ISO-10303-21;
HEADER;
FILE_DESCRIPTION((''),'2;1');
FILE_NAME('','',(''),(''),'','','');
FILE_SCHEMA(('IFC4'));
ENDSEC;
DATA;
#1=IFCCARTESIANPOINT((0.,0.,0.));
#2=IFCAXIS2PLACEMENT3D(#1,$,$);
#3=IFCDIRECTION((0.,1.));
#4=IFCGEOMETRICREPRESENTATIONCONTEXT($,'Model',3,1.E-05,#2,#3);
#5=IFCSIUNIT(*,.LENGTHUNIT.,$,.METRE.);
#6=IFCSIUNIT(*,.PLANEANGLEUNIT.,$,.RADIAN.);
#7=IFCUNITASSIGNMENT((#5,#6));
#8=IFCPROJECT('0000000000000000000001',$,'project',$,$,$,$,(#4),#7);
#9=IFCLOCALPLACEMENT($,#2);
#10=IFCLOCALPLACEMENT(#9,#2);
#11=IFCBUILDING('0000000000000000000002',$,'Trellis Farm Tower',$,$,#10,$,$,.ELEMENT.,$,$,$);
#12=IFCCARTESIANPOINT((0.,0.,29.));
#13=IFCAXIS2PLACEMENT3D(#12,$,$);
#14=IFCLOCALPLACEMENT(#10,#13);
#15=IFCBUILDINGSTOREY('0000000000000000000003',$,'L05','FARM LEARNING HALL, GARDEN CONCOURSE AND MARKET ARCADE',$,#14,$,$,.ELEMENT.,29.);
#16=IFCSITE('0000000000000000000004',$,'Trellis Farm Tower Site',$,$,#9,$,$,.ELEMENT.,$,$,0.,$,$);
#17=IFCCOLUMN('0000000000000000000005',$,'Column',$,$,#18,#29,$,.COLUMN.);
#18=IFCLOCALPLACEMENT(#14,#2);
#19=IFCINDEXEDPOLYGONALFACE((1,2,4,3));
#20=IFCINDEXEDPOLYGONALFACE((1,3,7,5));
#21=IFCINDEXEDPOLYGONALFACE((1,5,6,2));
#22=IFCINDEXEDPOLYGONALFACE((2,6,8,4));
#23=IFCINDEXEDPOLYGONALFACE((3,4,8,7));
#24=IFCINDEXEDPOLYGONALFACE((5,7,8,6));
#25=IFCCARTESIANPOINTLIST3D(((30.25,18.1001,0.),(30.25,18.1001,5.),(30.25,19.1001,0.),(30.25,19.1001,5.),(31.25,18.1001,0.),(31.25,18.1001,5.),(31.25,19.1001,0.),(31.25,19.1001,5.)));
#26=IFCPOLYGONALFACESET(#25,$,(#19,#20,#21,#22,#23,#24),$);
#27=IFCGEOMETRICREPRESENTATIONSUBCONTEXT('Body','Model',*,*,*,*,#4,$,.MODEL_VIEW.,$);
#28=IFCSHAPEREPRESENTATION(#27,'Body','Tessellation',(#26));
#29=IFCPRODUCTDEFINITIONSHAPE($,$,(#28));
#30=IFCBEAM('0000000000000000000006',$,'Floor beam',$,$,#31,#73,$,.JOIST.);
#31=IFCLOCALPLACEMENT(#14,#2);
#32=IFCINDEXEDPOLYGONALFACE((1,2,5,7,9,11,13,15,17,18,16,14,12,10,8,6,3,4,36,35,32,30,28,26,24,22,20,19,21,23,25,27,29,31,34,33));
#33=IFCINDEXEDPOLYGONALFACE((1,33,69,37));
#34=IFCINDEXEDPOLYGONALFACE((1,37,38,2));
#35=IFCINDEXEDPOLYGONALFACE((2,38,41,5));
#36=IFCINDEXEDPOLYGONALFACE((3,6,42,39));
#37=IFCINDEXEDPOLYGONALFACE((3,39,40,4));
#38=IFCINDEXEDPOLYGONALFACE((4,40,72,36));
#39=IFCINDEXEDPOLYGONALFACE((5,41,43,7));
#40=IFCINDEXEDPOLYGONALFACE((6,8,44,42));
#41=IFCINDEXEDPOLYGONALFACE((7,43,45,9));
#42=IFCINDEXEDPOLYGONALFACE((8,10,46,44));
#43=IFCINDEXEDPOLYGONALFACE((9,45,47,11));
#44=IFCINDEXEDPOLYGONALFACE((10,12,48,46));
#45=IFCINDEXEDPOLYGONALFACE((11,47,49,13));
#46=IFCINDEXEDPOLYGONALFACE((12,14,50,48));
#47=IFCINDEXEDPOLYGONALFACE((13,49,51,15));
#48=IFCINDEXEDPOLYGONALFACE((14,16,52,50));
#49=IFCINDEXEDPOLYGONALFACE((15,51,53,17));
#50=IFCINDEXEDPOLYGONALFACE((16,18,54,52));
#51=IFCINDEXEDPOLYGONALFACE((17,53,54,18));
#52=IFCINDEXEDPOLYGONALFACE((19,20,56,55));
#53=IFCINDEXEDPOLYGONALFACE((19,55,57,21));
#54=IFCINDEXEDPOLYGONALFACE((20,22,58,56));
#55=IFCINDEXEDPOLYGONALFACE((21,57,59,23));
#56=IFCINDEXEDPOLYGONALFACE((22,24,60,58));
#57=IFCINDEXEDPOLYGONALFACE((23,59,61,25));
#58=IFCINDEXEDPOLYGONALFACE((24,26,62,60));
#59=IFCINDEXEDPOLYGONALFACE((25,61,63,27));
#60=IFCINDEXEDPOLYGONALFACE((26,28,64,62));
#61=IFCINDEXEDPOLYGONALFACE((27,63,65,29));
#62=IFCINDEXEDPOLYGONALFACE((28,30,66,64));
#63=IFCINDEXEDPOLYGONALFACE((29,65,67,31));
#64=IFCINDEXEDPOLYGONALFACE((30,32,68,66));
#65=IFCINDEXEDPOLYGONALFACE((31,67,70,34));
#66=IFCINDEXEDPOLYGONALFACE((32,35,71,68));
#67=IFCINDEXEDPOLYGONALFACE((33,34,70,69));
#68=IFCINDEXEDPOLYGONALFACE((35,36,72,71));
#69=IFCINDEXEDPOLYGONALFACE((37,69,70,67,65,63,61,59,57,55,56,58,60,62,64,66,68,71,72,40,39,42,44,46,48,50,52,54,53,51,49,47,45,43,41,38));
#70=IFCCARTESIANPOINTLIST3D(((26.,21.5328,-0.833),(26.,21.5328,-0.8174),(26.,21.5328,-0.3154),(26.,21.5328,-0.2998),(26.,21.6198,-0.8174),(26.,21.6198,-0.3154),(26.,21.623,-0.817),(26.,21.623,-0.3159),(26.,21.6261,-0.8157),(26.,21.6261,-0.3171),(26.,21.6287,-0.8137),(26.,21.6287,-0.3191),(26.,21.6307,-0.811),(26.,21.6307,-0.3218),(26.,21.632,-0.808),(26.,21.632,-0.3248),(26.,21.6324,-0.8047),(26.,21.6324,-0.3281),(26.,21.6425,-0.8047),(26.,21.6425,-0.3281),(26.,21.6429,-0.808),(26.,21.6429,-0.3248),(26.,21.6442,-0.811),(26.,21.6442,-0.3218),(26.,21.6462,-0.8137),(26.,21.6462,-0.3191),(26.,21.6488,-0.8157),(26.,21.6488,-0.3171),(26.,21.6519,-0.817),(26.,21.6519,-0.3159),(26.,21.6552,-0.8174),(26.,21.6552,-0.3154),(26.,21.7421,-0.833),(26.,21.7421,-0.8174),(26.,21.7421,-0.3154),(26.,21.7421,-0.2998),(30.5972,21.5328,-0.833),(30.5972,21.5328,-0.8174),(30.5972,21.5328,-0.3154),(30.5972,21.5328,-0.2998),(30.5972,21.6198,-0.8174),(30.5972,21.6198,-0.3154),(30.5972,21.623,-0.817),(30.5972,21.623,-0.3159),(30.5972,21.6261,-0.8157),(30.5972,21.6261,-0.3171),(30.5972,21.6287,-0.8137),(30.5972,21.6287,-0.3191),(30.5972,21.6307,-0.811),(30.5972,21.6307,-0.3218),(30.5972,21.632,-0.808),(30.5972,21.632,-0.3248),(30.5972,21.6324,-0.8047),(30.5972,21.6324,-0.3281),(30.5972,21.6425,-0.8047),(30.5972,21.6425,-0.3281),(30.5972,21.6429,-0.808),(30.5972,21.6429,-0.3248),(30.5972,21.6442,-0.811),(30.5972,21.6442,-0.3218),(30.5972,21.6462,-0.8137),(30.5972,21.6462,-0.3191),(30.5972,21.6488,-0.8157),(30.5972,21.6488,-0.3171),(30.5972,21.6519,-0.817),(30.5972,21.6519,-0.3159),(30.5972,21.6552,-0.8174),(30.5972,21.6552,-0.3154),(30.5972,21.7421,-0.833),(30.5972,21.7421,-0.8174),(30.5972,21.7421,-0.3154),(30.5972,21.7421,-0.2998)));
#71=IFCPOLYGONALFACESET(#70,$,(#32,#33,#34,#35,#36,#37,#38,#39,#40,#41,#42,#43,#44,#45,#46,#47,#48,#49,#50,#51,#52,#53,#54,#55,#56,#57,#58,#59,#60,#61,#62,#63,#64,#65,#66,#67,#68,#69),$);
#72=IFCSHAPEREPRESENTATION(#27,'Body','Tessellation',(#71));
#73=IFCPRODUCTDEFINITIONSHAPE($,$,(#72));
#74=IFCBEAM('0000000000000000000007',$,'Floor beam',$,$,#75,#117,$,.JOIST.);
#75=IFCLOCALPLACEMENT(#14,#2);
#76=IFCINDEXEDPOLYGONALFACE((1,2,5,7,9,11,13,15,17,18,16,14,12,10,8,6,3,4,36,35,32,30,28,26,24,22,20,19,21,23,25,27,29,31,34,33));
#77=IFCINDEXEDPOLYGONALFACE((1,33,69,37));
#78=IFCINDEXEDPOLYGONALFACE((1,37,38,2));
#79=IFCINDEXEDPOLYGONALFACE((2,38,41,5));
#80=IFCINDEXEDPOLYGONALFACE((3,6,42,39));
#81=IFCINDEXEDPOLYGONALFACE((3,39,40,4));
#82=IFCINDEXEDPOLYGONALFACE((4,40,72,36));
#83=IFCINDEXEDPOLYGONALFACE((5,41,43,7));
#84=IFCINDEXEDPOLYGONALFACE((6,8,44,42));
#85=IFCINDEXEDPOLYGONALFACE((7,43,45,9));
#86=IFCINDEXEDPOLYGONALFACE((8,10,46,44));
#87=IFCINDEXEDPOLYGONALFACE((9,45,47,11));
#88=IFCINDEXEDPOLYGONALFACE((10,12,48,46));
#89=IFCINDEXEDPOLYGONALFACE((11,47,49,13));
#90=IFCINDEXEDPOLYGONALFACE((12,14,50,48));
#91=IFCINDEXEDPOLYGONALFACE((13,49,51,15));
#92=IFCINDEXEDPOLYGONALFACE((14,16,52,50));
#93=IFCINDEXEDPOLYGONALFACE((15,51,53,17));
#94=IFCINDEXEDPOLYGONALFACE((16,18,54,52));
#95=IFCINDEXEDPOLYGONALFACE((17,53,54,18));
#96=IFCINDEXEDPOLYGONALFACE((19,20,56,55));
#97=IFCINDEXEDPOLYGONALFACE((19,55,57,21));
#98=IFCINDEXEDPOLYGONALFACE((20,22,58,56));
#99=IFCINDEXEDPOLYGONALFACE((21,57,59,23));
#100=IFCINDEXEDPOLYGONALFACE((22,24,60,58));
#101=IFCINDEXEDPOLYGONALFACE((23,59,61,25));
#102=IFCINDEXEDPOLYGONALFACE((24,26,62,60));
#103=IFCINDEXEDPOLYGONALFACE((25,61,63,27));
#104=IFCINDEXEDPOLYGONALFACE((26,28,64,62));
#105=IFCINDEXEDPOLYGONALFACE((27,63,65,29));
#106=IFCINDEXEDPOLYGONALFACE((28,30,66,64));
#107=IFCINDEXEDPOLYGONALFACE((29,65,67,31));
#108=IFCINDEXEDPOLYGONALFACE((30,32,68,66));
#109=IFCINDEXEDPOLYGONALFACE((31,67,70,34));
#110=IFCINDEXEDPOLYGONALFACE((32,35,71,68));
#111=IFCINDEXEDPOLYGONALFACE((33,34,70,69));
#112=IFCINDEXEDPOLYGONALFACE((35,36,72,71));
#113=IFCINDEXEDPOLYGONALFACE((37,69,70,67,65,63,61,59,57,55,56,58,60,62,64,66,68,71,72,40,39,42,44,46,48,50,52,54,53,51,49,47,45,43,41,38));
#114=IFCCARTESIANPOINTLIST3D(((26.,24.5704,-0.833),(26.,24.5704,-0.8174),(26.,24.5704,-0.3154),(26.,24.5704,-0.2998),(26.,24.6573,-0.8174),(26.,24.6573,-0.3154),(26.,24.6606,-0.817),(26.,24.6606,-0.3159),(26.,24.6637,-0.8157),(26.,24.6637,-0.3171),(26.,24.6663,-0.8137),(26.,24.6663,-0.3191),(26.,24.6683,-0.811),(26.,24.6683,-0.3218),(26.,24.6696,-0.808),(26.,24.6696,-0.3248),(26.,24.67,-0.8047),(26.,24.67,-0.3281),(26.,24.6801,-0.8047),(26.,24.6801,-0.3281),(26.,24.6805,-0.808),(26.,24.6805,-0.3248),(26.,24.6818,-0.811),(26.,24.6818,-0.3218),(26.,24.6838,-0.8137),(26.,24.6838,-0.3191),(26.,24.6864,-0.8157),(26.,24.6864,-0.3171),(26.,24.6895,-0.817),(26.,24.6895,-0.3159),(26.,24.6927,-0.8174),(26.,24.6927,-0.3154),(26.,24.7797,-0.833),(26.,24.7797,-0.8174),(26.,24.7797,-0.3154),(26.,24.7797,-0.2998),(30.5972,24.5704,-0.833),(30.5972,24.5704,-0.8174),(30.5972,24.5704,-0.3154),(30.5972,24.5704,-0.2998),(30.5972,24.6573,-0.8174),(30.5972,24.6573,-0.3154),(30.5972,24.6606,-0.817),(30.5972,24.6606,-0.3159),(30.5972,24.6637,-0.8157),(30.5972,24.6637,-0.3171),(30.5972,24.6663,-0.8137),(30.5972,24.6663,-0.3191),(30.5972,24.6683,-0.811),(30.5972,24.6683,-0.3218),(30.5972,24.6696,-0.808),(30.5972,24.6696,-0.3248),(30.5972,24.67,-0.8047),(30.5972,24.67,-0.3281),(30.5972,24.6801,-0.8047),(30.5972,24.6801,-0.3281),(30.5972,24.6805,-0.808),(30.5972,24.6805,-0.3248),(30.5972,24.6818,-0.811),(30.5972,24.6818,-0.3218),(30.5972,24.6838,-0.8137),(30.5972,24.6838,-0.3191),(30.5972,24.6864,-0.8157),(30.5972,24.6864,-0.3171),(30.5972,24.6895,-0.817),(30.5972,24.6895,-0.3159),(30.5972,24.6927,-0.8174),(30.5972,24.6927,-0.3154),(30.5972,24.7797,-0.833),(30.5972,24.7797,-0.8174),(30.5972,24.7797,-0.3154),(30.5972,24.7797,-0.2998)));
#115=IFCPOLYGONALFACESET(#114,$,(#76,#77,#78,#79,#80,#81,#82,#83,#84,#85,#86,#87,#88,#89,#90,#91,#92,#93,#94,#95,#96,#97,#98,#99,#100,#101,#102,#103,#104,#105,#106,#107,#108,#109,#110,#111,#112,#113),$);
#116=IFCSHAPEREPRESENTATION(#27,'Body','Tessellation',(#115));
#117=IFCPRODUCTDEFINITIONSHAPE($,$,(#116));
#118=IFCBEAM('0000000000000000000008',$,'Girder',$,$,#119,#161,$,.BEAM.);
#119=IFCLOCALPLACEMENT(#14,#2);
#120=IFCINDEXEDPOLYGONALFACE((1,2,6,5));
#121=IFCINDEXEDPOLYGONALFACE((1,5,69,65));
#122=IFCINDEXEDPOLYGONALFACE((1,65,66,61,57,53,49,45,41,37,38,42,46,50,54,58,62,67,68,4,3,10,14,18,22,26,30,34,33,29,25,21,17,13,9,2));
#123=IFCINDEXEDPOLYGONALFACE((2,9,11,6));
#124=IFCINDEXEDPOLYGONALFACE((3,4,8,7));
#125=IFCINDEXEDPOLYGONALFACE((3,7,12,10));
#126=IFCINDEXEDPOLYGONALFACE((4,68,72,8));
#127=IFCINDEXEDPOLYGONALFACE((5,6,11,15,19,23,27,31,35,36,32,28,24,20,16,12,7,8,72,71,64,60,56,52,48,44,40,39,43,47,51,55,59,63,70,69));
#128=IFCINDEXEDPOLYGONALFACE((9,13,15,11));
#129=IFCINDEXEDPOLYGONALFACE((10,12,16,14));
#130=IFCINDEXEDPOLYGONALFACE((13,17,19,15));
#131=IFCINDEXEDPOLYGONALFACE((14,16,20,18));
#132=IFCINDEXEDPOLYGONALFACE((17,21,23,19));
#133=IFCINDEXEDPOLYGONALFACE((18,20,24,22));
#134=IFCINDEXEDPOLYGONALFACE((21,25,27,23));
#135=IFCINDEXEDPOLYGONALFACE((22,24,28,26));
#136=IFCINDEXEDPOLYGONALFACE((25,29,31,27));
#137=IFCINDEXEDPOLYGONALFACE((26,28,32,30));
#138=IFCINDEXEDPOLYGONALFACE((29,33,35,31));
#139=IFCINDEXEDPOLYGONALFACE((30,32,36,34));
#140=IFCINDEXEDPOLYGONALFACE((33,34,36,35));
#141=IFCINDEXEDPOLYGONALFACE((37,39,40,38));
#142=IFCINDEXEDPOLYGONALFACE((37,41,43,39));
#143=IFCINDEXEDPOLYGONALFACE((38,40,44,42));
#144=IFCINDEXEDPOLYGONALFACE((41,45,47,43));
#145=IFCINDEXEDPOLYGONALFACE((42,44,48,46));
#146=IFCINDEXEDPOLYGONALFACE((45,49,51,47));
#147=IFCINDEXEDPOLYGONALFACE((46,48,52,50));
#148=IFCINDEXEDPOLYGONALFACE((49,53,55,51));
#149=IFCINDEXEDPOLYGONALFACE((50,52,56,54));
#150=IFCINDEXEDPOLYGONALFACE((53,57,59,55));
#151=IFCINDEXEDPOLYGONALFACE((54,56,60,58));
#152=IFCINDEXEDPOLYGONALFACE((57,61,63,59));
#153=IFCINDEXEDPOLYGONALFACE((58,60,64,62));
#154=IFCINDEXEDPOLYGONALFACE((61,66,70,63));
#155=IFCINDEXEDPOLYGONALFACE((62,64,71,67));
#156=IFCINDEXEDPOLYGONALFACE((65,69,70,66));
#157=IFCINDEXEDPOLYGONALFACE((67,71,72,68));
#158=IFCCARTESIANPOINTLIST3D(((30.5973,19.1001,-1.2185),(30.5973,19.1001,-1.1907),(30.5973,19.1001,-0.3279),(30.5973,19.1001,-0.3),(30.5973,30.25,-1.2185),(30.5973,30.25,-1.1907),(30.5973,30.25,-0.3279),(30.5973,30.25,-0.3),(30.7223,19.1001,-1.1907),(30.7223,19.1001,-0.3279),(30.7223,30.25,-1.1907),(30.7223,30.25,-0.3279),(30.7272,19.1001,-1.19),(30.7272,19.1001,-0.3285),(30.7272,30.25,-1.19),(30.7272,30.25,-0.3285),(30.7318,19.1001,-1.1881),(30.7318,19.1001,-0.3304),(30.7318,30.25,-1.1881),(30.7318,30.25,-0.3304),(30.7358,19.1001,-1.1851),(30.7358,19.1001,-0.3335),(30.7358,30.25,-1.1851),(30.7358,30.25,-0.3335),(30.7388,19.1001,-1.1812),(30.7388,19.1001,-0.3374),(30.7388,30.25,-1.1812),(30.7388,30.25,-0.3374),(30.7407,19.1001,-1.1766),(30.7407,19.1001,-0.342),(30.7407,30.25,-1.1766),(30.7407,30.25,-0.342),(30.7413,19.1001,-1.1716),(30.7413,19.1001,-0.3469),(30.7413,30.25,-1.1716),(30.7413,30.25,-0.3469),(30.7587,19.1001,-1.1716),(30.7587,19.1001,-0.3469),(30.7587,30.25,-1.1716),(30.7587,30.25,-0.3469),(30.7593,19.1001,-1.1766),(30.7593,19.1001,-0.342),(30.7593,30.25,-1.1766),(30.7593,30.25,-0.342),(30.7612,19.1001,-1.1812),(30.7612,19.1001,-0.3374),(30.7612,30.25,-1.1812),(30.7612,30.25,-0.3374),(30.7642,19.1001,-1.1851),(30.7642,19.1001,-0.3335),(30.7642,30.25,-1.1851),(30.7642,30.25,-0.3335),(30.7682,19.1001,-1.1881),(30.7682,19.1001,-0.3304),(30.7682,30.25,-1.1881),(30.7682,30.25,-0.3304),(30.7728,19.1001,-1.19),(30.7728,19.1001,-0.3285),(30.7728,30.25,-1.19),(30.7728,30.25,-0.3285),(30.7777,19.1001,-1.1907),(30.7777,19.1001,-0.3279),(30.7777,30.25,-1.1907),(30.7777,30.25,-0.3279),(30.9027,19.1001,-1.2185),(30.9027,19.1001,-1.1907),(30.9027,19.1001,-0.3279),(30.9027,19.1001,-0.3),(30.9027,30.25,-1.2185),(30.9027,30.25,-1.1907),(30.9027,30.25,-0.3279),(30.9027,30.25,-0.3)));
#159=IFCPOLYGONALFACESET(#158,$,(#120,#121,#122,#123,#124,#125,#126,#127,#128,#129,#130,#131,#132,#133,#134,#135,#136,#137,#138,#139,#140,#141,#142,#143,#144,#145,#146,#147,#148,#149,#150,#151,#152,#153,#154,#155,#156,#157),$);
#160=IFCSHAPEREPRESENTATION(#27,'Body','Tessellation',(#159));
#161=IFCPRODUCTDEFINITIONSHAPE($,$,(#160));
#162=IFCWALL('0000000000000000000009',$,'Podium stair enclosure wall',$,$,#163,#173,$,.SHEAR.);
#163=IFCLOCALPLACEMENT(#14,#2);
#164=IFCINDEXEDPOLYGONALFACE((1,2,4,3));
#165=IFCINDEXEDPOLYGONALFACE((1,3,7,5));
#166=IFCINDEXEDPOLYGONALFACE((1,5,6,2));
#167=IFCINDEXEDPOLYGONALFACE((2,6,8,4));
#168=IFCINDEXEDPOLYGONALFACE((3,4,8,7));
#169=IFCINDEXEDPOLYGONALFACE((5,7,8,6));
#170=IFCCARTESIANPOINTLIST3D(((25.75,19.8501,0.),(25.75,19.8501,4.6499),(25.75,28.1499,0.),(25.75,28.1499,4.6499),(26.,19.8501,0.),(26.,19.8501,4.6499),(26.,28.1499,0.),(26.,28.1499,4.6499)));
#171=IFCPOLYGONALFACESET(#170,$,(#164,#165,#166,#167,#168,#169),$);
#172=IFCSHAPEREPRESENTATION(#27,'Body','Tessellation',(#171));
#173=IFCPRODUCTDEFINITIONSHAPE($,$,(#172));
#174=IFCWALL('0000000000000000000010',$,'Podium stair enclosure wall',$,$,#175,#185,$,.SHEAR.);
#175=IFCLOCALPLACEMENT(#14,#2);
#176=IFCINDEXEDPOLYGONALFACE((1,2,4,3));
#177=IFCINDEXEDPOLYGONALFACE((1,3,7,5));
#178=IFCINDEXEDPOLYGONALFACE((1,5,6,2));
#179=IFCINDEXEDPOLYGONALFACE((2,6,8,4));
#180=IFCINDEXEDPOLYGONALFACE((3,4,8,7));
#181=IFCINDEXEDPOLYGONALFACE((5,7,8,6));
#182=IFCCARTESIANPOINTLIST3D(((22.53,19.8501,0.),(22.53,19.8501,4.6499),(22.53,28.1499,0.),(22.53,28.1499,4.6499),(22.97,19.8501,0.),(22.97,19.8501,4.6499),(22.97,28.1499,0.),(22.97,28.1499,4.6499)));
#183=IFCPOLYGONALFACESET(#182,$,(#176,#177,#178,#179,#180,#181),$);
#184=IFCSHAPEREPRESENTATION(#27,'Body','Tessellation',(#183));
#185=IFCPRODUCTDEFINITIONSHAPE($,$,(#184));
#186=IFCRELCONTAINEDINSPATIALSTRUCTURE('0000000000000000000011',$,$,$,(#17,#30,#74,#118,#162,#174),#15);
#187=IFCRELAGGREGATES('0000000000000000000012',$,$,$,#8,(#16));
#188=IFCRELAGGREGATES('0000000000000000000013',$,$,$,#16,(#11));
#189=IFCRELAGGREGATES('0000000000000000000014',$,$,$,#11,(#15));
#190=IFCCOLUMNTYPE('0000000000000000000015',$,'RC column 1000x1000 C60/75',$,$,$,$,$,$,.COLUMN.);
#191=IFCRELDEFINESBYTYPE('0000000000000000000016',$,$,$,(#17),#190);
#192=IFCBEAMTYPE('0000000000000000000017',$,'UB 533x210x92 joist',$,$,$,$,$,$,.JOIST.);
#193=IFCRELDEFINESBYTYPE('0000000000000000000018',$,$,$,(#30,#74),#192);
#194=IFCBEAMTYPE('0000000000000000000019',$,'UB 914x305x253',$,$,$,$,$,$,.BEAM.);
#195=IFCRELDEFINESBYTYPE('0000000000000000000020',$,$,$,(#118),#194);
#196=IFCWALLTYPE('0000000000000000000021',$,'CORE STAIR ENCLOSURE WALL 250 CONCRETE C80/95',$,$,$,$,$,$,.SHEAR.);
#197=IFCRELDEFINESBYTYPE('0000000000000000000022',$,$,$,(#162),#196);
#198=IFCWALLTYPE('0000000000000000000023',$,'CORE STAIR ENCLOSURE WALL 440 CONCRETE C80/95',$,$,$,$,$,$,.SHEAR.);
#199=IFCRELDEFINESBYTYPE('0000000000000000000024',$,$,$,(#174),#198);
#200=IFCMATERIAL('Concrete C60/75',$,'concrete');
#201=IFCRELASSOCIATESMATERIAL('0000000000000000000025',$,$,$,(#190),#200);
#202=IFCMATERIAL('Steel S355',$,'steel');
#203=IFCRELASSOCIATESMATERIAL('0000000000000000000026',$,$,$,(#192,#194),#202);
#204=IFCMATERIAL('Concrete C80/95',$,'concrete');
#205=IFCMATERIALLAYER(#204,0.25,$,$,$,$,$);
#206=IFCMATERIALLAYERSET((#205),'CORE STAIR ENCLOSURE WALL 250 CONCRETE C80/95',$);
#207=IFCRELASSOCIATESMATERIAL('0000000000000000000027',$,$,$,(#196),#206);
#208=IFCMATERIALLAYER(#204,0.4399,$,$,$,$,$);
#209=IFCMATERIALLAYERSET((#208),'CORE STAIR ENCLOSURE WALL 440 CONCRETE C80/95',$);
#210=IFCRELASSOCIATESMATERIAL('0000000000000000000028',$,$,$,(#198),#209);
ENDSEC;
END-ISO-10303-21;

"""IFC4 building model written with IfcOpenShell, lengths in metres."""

from ifc_helpers import new_model, si_unit, direction, frame, frame_2d, origin, origin_2d, place, context, subcontext, project, spatial, rectangle, i_section, extrude, source, transform, mapped, material, layer, layer_set, material_profile, profile_set, type_object, element, save


model = new_model("IFC4")

# Units and contexts
model_context = context("Model", 3, precision=1e-05, world=origin(), true_north=direction((0.0, 1.0)))
body_context = subcontext(model_context, "Body", "Model", "MODEL_VIEW")
ifc_project = project(units=[si_unit("LENGTHUNIT", "METRE"), si_unit("PLANEANGLEUNIT", "RADIAN")], contexts=[model_context])

# Site, building, storey
site_placement = place(None, origin())
site = spatial("IfcSite", under=ifc_project, at=site_placement, Name="Trellis Farm Tower Site", CompositionType="ELEMENT", RefElevation=0.0)
building_placement = place(site_placement, origin())
building = spatial("IfcBuilding", under=site, at=building_placement, Name="Trellis Farm Tower", CompositionType="ELEMENT")
storey_placement = place(building_placement, frame((0.0, 0.0, 29.0)))
storey = spatial("IfcBuildingStorey", under=building, at=storey_placement, Name="L05", Description="FARM LEARNING HALL, GARDEN CONCOURSE AND MARKET ARCADE", CompositionType="ELEMENT", Elevation=29.0)

# Column
ifc_material_1 = material(Name="Concrete C60/75", Category="concrete")
ifc_material_profile_1 = material_profile(ifc_material_1, rectangle(XDim=1.0, YDim=1.0, at=origin_2d()), Name="RC column 1000x1000 C60/75")
ifc_profile_set_1 = profile_set([ifc_material_profile_1], Name="Concrete C60/75")
column_type = type_object("IfcColumnType", Name="RC column 1000x1000 C60/75", PredefinedType="COLUMN", material=ifc_profile_set_1)
shared_shape_1 = source(origin(), body_context, "Body", "SweptSolid", [
    extrude(rectangle(XDim=1.0, YDim=1.0, at=origin_2d()), origin(), (0.0, 0.0, 1.0), 5.0),
])
column_placement = place(storey_placement, frame((30.75, 18.6001, 0.0), z_axis=(0.0, 0.0, 1.0), x_axis=(1.0, 0.0, 0.0)))
element("IfcColumn", 1, at=column_placement, inside=storey, type_object=column_type, Name="Column", PredefinedType="COLUMN", context=body_context, shape_type="MappedRepresentation", body=[
    mapped(shared_shape_1, transform((0.0, 0.0, 0.0))),
])

# Beams
ifc_material_2 = material(Name="Steel S355", Category="steel")
ifc_material_profile_2 = material_profile(ifc_material_2, i_section(OverallWidth=0.2092, OverallDepth=0.5332, WebThickness=0.01, FlangeThickness=0.0156, FilletRadius=0.0127, at=origin_2d()), Name="UB 533x210x92")
ifc_profile_set_2 = profile_set([ifc_material_profile_2], Name="Steel S355")
beam_type_1 = type_object("IfcBeamType", Name="UB 533x210x92 joist", PredefinedType="JOIST", material=ifc_profile_set_2)
shared_shape_2 = source(origin(), body_context, "Body", "SweptSolid", [
    extrude(i_section(OverallWidth=0.2092, OverallDepth=0.5332, WebThickness=0.01, FlangeThickness=0.0156, FilletRadius=0.0127, at=origin_2d()), origin(), (0.0, 0.0, 1.0), 4.5972),
])
for number, where, z_axis, x_axis, name in (
    (2, (26.0, 21.6375, -0.5664), (1.0, 0.0, 0.0), (0.0, 1.0, 0.0), "Floor beam"),
    (3, (26.0, 24.675, -0.5664), (1.0, 0.0, 0.0), (0.0, 1.0, 0.0), "Floor beam"),
):
    element("IfcBeam", number, at=place(storey_placement, frame(where, z_axis=z_axis, x_axis=x_axis)), inside=storey, type_object=beam_type_1, Name=name, PredefinedType="JOIST", context=body_context, shape_type="MappedRepresentation", body=[
        mapped(shared_shape_2, transform((0.0, 0.0, 0.0))),
    ])
ifc_material_profile_3 = material_profile(ifc_material_2, i_section(OverallWidth=0.3054, OverallDepth=0.9185, WebThickness=0.0173, FlangeThickness=0.0278, FilletRadius=0.019, at=origin_2d()), Name="UB 914x305x253")
ifc_profile_set_3 = profile_set([ifc_material_profile_3], Name="Steel S355")
beam_type_2 = type_object("IfcBeamType", Name="UB 914x305x253", PredefinedType="BEAM", material=ifc_profile_set_3)
shared_shape_3 = source(origin(), body_context, "Body", "SweptSolid", [
    extrude(i_section(OverallWidth=0.3054, OverallDepth=0.9185, WebThickness=0.0173, FlangeThickness=0.0278, FilletRadius=0.019, at=origin_2d()), origin(), (0.0, 0.0, 1.0), 11.1499),
])
beam_placement = place(storey_placement, frame((30.75, 19.1001, -0.7593), z_axis=(0.0, 1.0, 0.0), x_axis=(-1.0, 0.0, 0.0)))
element("IfcBeam", 4, at=beam_placement, inside=storey, type_object=beam_type_2, Name="Girder", PredefinedType="BEAM", context=body_context, shape_type="MappedRepresentation", body=[
    mapped(shared_shape_3, transform((0.0, 0.0, 0.0))),
])

# Walls
ifc_material_3 = material(Name="Concrete C80/95", Category="concrete")
ifc_layer_1 = layer(ifc_material_3, 0.25)
ifc_layer_set_1 = layer_set([ifc_layer_1], Name="CORE STAIR ENCLOSURE WALL 250 CONCRETE C80/95")
wall_type_1 = type_object("IfcWallType", Name="CORE STAIR ENCLOSURE WALL 250 CONCRETE C80/95", PredefinedType="SHEAR", material=ifc_layer_set_1)
shared_shape_4 = source(origin(), body_context, "Body", "SweptSolid", [
    extrude(rectangle(XDim=8.2998, YDim=0.25, at=frame_2d((4.1499, 0.0))), origin(), (0.0, 0.0, 1.0), 4.6499),
])
wall_1_placement = place(storey_placement, frame((25.875, 19.8501, 0.0), z_axis=(0.0, 0.0, 1.0), x_axis=(0.0, 1.0, 0.0)))
element("IfcWall", 5, at=wall_1_placement, inside=storey, type_object=wall_type_1, Name="Podium stair enclosure wall", PredefinedType="SHEAR", context=body_context, shape_type="MappedRepresentation", body=[
    mapped(shared_shape_4, transform((0.0, 0.0, 0.0))),
])
ifc_layer_2 = layer(ifc_material_3, 0.4399)
ifc_layer_set_2 = layer_set([ifc_layer_2], Name="CORE STAIR ENCLOSURE WALL 440 CONCRETE C80/95")
wall_type_2 = type_object("IfcWallType", Name="CORE STAIR ENCLOSURE WALL 440 CONCRETE C80/95", PredefinedType="SHEAR", material=ifc_layer_set_2)
shared_shape_5 = source(origin(), body_context, "Body", "SweptSolid", [
    extrude(rectangle(XDim=8.2998, YDim=0.4399, at=frame_2d((4.1499, 0.0))), origin(), (0.0, 0.0, 1.0), 4.6499),
])
wall_2_placement = place(storey_placement, frame((22.75, 19.8501, 0.0), z_axis=(0.0, 0.0, 1.0), x_axis=(0.0, 1.0, 0.0)))
element("IfcWall", 6, at=wall_2_placement, inside=storey, type_object=wall_type_2, Name="Podium stair enclosure wall", PredefinedType="SHEAR", context=body_context, shape_type="MappedRepresentation", body=[
    mapped(shared_shape_5, transform((0.0, 0.0, 0.0))),
])

save(model, "model.ifc")
